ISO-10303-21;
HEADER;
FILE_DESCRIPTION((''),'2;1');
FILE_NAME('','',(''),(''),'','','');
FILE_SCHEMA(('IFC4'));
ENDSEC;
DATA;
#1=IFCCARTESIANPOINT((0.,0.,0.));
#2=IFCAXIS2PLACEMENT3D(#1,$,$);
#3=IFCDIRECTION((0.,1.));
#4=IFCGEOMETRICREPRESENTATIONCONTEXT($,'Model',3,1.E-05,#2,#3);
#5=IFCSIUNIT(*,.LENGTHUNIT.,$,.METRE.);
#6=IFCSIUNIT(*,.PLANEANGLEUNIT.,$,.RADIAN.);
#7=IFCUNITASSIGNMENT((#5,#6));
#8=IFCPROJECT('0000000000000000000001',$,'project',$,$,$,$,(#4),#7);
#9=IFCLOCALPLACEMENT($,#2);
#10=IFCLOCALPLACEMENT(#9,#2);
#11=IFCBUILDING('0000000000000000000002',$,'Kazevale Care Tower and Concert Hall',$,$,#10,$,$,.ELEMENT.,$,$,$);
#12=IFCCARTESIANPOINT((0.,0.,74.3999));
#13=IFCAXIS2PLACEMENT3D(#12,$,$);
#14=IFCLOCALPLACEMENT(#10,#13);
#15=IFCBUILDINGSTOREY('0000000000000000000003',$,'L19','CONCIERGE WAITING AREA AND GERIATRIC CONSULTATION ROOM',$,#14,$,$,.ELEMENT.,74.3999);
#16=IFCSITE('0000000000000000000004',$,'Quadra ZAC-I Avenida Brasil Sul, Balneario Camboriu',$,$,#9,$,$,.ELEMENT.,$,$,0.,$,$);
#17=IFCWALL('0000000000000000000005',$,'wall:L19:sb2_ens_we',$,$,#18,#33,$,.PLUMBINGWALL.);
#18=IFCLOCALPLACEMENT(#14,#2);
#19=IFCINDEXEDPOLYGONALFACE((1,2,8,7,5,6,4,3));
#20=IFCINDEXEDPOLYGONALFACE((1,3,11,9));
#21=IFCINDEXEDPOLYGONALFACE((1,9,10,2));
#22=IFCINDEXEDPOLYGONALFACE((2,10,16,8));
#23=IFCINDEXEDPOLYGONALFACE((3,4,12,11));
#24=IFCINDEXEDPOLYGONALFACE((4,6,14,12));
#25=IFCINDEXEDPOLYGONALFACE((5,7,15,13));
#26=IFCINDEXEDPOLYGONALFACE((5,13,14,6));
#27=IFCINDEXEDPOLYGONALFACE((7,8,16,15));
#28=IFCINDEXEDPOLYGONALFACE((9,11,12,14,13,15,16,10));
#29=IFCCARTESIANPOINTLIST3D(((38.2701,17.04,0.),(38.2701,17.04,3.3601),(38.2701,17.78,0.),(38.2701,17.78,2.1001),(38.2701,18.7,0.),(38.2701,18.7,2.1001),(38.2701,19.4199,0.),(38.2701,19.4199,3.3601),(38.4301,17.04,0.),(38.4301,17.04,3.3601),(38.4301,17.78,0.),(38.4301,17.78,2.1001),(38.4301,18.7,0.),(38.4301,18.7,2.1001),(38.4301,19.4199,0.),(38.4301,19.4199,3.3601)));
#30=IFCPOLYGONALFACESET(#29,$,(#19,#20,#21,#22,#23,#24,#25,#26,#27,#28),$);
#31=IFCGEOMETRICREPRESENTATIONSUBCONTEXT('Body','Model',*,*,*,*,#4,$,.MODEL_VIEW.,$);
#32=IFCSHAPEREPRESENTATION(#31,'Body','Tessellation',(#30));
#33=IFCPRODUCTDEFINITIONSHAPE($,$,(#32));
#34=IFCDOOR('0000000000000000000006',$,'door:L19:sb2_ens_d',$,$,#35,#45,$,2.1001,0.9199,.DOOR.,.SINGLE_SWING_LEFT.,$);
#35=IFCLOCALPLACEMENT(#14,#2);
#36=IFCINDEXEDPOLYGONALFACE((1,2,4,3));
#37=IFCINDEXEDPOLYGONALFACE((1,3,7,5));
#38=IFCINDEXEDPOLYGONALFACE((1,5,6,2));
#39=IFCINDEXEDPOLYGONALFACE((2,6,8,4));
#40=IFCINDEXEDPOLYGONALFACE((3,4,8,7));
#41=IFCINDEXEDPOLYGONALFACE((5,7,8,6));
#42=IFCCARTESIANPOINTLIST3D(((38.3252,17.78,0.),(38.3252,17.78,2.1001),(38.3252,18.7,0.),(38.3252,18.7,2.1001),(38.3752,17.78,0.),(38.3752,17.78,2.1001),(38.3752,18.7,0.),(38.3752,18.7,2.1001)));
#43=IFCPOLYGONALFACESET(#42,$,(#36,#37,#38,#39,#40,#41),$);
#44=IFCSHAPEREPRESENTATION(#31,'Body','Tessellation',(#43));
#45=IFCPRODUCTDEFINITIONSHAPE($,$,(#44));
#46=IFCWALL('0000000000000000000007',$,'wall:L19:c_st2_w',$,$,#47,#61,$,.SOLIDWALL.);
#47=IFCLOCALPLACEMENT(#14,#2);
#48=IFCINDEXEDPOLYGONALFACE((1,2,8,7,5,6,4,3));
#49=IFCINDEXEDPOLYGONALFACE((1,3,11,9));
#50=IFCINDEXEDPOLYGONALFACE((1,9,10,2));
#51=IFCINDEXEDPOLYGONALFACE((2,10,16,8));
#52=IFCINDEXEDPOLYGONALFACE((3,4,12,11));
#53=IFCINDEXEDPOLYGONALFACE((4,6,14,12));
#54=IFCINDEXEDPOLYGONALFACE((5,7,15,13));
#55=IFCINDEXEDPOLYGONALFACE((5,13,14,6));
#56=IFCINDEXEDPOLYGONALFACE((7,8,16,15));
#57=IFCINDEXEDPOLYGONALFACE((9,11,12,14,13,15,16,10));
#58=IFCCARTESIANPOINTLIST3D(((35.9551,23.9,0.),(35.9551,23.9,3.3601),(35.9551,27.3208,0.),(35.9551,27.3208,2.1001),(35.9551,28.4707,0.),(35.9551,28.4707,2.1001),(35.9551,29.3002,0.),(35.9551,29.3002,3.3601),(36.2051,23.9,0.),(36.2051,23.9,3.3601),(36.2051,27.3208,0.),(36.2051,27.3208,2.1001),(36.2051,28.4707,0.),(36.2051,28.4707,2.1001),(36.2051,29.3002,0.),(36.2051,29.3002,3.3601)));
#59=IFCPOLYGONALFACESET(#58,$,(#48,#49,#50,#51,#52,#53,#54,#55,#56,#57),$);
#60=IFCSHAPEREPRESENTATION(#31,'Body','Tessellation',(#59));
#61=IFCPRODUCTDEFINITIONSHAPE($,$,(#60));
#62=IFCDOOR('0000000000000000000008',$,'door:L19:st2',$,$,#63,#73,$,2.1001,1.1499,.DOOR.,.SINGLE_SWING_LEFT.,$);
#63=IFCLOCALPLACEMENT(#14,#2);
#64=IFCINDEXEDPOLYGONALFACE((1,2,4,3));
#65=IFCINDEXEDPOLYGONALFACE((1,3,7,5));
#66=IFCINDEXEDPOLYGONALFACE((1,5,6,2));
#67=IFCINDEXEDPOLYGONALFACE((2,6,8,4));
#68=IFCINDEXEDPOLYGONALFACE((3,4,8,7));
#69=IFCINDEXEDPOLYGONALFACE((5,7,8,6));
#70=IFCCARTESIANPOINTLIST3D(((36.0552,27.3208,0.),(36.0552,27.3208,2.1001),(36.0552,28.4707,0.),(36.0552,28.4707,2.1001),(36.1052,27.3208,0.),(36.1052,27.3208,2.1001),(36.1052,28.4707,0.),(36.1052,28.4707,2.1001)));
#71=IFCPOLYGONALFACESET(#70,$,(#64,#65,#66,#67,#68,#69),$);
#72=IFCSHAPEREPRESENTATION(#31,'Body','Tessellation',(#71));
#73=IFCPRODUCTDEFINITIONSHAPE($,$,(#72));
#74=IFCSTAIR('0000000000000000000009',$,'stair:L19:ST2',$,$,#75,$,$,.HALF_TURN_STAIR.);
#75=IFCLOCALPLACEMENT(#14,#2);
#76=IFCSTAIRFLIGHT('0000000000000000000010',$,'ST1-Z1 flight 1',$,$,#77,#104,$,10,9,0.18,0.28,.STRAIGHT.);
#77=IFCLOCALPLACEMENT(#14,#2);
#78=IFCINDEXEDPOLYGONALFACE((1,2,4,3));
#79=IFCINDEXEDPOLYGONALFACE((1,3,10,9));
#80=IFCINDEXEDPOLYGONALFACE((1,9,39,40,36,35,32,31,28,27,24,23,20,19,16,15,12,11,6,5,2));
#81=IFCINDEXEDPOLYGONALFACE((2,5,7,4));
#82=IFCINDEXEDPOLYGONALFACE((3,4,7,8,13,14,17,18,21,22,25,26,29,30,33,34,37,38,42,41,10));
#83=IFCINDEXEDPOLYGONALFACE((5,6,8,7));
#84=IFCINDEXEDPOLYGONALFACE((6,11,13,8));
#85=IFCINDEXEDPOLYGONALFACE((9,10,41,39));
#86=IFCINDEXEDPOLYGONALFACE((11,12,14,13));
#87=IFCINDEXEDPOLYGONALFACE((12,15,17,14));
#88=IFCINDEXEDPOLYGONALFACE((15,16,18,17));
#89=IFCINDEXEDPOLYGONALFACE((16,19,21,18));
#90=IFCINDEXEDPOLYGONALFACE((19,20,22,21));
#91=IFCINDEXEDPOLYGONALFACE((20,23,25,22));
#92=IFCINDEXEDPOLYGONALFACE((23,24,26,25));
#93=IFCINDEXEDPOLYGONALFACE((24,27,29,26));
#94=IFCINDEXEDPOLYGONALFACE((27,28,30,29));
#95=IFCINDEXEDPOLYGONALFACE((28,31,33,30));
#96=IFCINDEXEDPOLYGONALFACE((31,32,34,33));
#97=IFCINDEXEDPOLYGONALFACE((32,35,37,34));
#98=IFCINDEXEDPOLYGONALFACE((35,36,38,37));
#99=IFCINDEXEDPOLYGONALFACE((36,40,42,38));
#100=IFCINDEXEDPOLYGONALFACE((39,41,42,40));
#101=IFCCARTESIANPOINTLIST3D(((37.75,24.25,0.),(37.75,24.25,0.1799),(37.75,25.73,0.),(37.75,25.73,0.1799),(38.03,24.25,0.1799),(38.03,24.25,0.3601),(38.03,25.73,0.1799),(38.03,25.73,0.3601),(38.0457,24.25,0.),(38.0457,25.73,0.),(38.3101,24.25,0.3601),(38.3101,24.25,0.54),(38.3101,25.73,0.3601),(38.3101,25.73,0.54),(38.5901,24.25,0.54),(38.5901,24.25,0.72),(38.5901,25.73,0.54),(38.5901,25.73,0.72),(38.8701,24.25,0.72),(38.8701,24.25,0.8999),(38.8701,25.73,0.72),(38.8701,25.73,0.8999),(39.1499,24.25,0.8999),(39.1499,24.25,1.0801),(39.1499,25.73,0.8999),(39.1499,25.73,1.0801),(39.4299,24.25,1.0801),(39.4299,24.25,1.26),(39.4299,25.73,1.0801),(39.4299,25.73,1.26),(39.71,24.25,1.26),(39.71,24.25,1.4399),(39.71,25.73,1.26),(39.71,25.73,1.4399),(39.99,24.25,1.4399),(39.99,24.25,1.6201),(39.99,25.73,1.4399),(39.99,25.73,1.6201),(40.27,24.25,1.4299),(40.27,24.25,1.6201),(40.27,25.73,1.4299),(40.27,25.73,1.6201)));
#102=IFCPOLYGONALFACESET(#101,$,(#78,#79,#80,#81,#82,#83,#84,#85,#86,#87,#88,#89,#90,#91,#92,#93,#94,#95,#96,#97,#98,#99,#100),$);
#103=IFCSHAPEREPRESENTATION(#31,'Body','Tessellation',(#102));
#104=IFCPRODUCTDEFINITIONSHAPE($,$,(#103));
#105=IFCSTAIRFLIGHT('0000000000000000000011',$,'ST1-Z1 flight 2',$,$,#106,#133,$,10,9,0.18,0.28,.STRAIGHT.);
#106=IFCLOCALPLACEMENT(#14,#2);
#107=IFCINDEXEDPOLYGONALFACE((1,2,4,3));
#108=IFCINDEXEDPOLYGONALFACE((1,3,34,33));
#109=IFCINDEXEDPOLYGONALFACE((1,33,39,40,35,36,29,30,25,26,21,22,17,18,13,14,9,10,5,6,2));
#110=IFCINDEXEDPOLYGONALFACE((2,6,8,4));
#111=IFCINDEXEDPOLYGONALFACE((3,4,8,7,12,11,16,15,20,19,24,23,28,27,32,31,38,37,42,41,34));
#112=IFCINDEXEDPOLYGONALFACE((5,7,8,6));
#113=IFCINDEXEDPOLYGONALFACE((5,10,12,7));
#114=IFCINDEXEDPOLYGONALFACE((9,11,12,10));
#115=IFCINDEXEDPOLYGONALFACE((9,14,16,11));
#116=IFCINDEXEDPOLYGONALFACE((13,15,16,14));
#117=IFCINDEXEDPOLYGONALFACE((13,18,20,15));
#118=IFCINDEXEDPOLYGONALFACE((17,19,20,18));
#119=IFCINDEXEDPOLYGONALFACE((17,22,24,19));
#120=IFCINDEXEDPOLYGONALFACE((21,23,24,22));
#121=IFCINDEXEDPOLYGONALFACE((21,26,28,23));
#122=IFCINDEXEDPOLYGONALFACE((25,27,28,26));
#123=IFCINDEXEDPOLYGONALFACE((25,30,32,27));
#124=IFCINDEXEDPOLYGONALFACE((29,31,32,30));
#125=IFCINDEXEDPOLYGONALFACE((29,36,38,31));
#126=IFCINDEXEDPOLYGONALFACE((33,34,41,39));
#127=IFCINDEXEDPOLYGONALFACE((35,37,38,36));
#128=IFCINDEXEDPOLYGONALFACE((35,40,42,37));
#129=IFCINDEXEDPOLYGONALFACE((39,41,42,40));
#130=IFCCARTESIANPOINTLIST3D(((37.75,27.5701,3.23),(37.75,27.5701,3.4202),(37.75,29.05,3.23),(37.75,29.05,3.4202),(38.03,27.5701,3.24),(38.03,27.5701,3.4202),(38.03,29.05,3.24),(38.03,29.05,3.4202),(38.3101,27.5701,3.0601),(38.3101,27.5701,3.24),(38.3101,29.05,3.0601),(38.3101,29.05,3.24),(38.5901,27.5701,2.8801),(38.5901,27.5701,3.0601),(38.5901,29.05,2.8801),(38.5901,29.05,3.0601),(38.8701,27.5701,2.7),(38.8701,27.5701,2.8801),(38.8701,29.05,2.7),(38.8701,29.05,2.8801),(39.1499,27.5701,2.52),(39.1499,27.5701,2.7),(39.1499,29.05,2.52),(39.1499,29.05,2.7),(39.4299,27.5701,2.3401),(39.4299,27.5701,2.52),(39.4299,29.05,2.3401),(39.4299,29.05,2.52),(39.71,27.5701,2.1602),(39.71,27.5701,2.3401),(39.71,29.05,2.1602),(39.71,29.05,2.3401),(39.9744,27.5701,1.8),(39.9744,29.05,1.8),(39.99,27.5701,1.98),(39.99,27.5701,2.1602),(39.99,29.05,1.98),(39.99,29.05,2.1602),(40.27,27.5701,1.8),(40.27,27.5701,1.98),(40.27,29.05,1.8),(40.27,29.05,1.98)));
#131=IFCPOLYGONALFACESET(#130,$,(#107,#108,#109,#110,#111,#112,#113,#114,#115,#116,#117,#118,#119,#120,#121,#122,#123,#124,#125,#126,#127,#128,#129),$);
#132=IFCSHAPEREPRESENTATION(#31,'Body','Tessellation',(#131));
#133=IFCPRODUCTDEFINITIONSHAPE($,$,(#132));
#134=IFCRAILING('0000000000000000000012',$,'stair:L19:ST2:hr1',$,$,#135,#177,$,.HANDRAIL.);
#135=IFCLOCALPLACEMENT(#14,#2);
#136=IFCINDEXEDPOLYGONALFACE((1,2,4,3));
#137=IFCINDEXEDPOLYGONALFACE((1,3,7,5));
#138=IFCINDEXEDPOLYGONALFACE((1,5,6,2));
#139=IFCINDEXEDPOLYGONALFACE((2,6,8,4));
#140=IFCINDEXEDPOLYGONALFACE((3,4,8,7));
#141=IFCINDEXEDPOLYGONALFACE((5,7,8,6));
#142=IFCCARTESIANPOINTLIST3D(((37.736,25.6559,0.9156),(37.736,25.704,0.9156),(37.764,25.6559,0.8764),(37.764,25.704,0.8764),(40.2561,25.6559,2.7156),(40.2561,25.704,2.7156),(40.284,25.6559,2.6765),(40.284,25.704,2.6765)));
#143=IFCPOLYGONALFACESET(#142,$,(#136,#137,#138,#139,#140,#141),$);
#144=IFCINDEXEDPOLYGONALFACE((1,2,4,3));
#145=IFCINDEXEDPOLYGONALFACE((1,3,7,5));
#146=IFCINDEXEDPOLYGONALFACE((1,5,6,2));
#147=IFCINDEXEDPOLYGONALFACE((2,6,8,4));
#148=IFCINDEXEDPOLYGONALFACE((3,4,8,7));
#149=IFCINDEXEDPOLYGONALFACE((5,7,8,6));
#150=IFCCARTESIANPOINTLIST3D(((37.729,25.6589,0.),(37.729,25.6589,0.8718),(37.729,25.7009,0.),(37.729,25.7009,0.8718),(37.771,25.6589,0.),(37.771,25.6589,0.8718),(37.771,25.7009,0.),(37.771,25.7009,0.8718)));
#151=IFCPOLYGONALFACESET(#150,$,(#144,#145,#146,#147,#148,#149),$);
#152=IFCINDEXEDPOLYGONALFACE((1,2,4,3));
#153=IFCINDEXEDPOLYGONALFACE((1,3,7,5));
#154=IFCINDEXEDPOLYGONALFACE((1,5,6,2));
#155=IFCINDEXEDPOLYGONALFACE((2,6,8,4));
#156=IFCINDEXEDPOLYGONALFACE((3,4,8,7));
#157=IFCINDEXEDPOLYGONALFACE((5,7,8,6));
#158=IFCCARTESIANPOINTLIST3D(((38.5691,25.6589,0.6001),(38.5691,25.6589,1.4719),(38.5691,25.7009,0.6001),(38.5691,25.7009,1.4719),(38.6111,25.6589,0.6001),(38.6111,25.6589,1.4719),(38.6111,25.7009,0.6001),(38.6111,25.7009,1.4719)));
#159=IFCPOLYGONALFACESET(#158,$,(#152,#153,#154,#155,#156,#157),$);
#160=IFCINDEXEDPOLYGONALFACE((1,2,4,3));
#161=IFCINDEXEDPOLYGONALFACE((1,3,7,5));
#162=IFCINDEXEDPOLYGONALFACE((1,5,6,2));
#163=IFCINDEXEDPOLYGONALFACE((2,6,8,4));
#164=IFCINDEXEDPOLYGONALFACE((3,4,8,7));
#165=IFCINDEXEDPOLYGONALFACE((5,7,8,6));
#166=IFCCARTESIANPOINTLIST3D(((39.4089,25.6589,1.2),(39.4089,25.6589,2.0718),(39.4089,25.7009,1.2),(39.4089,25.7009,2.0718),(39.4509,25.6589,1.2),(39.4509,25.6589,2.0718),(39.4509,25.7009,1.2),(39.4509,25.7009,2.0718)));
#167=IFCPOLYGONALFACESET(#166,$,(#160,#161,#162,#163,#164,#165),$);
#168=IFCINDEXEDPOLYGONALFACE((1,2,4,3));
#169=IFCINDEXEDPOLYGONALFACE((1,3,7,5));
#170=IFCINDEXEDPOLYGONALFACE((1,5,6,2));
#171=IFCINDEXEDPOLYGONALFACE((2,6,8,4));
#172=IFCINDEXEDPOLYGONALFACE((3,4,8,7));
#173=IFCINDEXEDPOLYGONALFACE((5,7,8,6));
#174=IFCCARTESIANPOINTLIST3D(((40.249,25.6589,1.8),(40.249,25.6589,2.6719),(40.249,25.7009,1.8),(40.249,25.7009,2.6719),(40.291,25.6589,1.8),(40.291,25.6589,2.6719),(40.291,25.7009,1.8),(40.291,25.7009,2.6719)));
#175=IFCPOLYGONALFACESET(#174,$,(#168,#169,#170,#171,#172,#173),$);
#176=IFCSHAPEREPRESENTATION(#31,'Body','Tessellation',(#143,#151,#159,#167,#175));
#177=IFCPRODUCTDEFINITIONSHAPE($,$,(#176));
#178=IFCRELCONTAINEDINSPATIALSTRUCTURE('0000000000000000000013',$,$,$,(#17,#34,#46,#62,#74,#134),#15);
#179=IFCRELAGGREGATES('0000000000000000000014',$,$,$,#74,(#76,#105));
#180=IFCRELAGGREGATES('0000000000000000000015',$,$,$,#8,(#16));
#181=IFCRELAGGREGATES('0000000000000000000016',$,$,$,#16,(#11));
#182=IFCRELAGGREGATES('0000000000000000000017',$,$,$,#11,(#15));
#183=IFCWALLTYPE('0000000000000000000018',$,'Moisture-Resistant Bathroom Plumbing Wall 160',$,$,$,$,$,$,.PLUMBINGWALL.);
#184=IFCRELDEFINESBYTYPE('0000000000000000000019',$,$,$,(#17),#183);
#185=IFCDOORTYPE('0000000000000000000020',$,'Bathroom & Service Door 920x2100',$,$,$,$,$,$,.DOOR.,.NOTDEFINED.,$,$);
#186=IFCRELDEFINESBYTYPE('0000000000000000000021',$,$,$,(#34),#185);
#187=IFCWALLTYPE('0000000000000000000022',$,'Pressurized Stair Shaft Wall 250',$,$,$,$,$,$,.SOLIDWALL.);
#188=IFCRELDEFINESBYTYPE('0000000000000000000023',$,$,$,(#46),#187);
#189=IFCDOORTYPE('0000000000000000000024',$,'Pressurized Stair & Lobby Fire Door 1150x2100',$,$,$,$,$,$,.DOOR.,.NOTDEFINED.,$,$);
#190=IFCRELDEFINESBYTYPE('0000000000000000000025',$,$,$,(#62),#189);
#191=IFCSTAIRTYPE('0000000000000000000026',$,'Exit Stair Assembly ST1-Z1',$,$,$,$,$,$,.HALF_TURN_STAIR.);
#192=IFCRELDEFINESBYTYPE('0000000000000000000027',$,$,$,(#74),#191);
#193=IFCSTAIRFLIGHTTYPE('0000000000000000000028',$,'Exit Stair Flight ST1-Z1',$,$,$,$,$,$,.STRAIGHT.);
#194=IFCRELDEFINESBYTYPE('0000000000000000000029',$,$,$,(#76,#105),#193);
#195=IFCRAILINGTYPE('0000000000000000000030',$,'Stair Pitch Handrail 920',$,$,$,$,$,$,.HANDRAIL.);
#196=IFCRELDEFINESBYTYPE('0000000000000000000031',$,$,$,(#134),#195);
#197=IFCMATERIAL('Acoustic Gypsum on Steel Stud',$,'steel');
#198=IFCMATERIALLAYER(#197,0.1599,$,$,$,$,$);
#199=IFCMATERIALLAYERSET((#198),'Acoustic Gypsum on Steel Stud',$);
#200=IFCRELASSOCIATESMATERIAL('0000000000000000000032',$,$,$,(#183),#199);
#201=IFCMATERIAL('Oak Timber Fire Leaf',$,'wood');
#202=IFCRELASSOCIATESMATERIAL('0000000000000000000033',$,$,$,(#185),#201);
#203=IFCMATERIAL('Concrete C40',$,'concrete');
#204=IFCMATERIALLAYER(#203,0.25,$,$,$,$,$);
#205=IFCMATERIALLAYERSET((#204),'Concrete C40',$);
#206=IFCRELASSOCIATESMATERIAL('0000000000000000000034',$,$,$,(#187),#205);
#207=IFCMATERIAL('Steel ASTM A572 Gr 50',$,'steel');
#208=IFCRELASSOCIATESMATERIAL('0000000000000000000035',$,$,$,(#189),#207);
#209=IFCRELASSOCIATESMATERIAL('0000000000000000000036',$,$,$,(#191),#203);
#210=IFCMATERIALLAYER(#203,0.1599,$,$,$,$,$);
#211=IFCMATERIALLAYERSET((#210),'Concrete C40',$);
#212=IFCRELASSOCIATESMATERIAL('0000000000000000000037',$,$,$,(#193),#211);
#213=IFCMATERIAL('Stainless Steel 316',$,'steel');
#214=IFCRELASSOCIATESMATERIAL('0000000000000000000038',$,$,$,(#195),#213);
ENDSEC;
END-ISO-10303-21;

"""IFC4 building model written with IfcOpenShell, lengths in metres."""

from ifc_helpers import new_model, si_unit, direction, frame, frame_2d, origin, origin_2d, place, context, subcontext, project, spatial, polyline, rectangle, outline, extrude, material, layer, layer_set, type_object, element, fill, aggregate, save


model = new_model("IFC4")

# Units and contexts
model_context = context("Model", 3, precision=1e-05, world=origin(), true_north=direction((0.0, 1.0)))
body_context = subcontext(model_context, "Body", "Model", "MODEL_VIEW")
ifc_project = project(units=[si_unit("LENGTHUNIT", "METRE"), si_unit("PLANEANGLEUNIT", "RADIAN")], contexts=[model_context])

# Site, building, storey
site_placement = place(None, origin())
site = spatial("IfcSite", under=ifc_project, at=site_placement, Name="Quadra ZAC-I Avenida Brasil Sul, Balneario Camboriu", CompositionType="ELEMENT", RefElevation=0.0)
building_placement = place(site_placement, origin())
building = spatial("IfcBuilding", under=site, at=building_placement, Name="Kazevale Care Tower and Concert Hall", CompositionType="ELEMENT")
storey_placement = place(building_placement, frame((0.0, 0.0, 74.3999)))
storey = spatial("IfcBuildingStorey", under=building, at=storey_placement, Name="L19", Description="CONCIERGE WAITING AREA AND GERIATRIC CONSULTATION ROOM", CompositionType="ELEMENT", Elevation=74.3999)

# Shared definitions
ifc_material_1 = material(Name="Steel ASTM A572 Gr 50", Category="steel")

# Shared definitions
ifc_material_2 = material(Name="Oak Timber Fire Leaf", Category="wood")

# Shared definitions
ifc_material_3 = material(Name="Acoustic Gypsum on Steel Stud", Category="steel")
ifc_layer_1 = layer(ifc_material_3, 0.1599)
ifc_layer_set_1 = layer_set([ifc_layer_1], Name="Acoustic Gypsum on Steel Stud")
wall_type_1 = type_object("IfcWallType", Name="Moisture-Resistant Bathroom Plumbing Wall 160", PredefinedType="PLUMBINGWALL", material=ifc_layer_set_1)

# Walls, openings, doors
wall_1_placement = place(storey_placement, frame((38.3501, 17.04, 0.0), z_axis=(0.0, 0.0, 1.0), x_axis=(0.0, 1.0, 0.0)))
wall_1 = element("IfcWall", 1, at=wall_1_placement, inside=storey, type_object=wall_type_1, Name="wall:L19:sb2_ens_we", PredefinedType="PLUMBINGWALL", context=body_context, shape_type="SweptSolid", body=[
    extrude(rectangle(XDim=2.3799, YDim=0.1599, at=frame_2d((1.1899, 0.0))), origin(), (0.0, 0.0, 1.0), 3.3601),
])
opening_1_placement = place(wall_1_placement, frame((0.74, 0.0, 0.0)))
opening_1 = element("IfcOpeningElement", 2, at=opening_1_placement, cuts=wall_1, PredefinedType="OPENING", context=body_context, shape_type="SweptSolid", body=[
    extrude(rectangle(XDim=0.9199, YDim=2.1001, at=frame_2d((0.46, 1.05))), frame((0.0, 0.0898, 0.0), z_axis=(0.0, -1.0, 0.0), x_axis=(1.0, 0.0, 0.0)), (0.0, 0.0, 1.0), 0.1799),
])
door_type_1 = type_object("IfcDoorType", Name="Bathroom & Service Door 920x2100", OperationType="NOTDEFINED", PredefinedType="DOOR", material=ifc_material_2)
door_1_placement = place(opening_1_placement, origin())
door_1 = element("IfcDoor", 3, at=door_1_placement, inside=storey, type_object=door_type_1, Name="door:L19:sb2_ens_d", OperationType="SINGLE_SWING_LEFT", OverallHeight=2.1001, OverallWidth=0.9199, PredefinedType="DOOR", context=body_context, shape_type="SweptSolid", body=[
    extrude(rectangle(XDim=0.9199, YDim=2.1001, at=frame_2d((0.46, 1.05))), frame((0.0, 0.0249, 0.0), z_axis=(0.0, -1.0, 0.0), x_axis=(1.0, 0.0, 0.0)), (0.0, 0.0, 1.0), 0.05),
])
fill(opening_1, door_1)
ifc_material_4 = material(Name="Concrete C40", Category="concrete")
ifc_layer_2 = layer(ifc_material_4, 0.25)
ifc_layer_set_2 = layer_set([ifc_layer_2], Name="Concrete C40")
wall_type_2 = type_object("IfcWallType", Name="Pressurized Stair Shaft Wall 250", PredefinedType="SOLIDWALL", material=ifc_layer_set_2)
wall_2_placement = place(storey_placement, frame((36.0801, 23.8999, 0.0), z_axis=(0.0, 0.0, 1.0), x_axis=(0.0, 1.0, 0.0)))
wall_2 = element("IfcWall", 4, at=wall_2_placement, inside=storey, type_object=wall_type_2, Name="wall:L19:c_st2_w", PredefinedType="SOLIDWALL", context=body_context, shape_type="SweptSolid", body=[
    extrude(rectangle(XDim=5.4001, YDim=0.25, at=frame_2d((2.7002, 0.0))), origin(), (0.0, 0.0, 1.0), 3.3601),
])
opening_2_placement = place(wall_2_placement, frame((3.4209, 0.0, 0.0)))
opening_2 = element("IfcOpeningElement", 5, at=opening_2_placement, cuts=wall_2, PredefinedType="OPENING", context=body_context, shape_type="SweptSolid", body=[
    extrude(rectangle(XDim=1.1499, YDim=2.1001, at=frame_2d((0.575, 1.05))), frame((0.0, 0.135, 0.0), z_axis=(0.0, -1.0, 0.0), x_axis=(1.0, 0.0, 0.0)), (0.0, 0.0, 1.0), 0.27),
])
door_type_2 = type_object("IfcDoorType", Name="Pressurized Stair & Lobby Fire Door 1150x2100", OperationType="NOTDEFINED", PredefinedType="DOOR", material=ifc_material_1)
door_2_placement = place(opening_2_placement, origin())
door_2 = element("IfcDoor", 6, at=door_2_placement, inside=storey, type_object=door_type_2, Name="door:L19:st2", OperationType="SINGLE_SWING_LEFT", OverallHeight=2.1001, OverallWidth=1.1499, PredefinedType="DOOR", context=body_context, shape_type="SweptSolid", body=[
    extrude(rectangle(XDim=1.1499, YDim=2.1001, at=frame_2d((0.575, 1.05))), frame((0.0, 0.0249, 0.0), z_axis=(0.0, -1.0, 0.0), x_axis=(1.0, 0.0, 0.0)), (0.0, 0.0, 1.0), 0.05),
])
fill(opening_2, door_2)

# Stair, stair flights
stair_type = type_object("IfcStairType", Name="Exit Stair Assembly ST1-Z1", PredefinedType="HALF_TURN_STAIR", material=ifc_material_4)
stair_placement = place(storey_placement, origin())
stair = element("IfcStair", 7, at=stair_placement, inside=storey, type_object=stair_type, Name="stair:L19:ST2", PredefinedType="HALF_TURN_STAIR")
ifc_layer_3 = layer(ifc_material_4, 0.1599)
ifc_layer_set_3 = layer_set([ifc_layer_3], Name="Concrete C40")
stair_flight_type = type_object("IfcStairFlightType", Name="Exit Stair Flight ST1-Z1", PredefinedType="STRAIGHT", material=ifc_layer_set_3)
stair_flight_1_placement = place(storey_placement, frame((37.75, 24.99, 0.0), z_axis=(0.0, 0.0, 1.0), x_axis=(1.0, 0.0, 0.0)))
stair_flight_1 = element("IfcStairFlight", 8, at=stair_flight_1_placement, type_object=stair_flight_type, Name="ST1-Z1 flight 1", NumberOfRisers=10, NumberOfTreads=9, PredefinedType="STRAIGHT", RiserHeight=0.18, TreadLength=0.28, context=body_context, shape_type="SweptSolid", body=[
    extrude(outline(polyline([(0.0, 0.0), (0.0, 0.1799), (0.28, 0.1799), (0.28, 0.3601), (0.5601, 0.3601), (0.5601, 0.54), (0.8401, 0.54), (0.8401, 0.72), (1.1201, 0.72), (1.1201, 0.8999), (1.3999, 0.8999), (1.3999, 1.0801), (1.6799, 1.0801), (1.6799, 1.26), (1.96, 1.26), (1.96, 1.4399), (2.24, 1.4399), (2.24, 1.6201), (2.52, 1.6201), (2.52, 1.8), (2.52, 1.4299), (0.2957, 0.0), (0.0, 0.0)])), frame((0.0, 0.74, 0.0), z_axis=(0.0, -1.0, 0.0), x_axis=(1.0, 0.0, 0.0)), (0.0, 0.0, 1.0), 1.48),
])
stair_flight_2_placement = place(storey_placement, frame((40.27, 28.3101, 1.8), z_axis=(0.0, 0.0, 1.0), x_axis=(-1.0, 0.0, 0.0)))
stair_flight_2 = element("IfcStairFlight", 9, at=stair_flight_2_placement, type_object=stair_flight_type, Name="ST1-Z1 flight 2", NumberOfRisers=10, NumberOfTreads=9, PredefinedType="STRAIGHT", RiserHeight=0.18, TreadLength=0.28, context=body_context, shape_type="SweptSolid", body=[
    extrude(outline(polyline([(0.0, 0.0), (0.0, 0.1799), (0.28, 0.1799), (0.28, 0.3601), (0.5601, 0.3601), (0.5601, 0.54), (0.8401, 0.54), (0.8401, 0.72), (1.1201, 0.72), (1.1201, 0.8999), (1.3999, 0.8999), (1.3999, 1.0801), (1.6799, 1.0801), (1.6799, 1.26), (1.96, 1.26), (1.96, 1.4399), (2.24, 1.4399), (2.24, 1.6201), (2.52, 1.6201), (2.52, 1.8), (2.52, 1.4299), (0.2957, 0.0), (0.0, 0.0)])), frame((0.0, 0.74, 0.0), z_axis=(0.0, -1.0, 0.0), x_axis=(1.0, 0.0, 0.0)), (0.0, 0.0, 1.0), 1.48),
])
aggregate(stair, [stair_flight_1, stair_flight_2])

# Railing
ifc_material_5 = material(Name="Stainless Steel 316", Category="steel")
railing_type_1 = type_object("IfcRailingType", Name="Stair Pitch Handrail 920", PredefinedType="HANDRAIL", material=ifc_material_5)
railing_1_placement = place(storey_placement, frame((37.75, 25.6799, 0.0)))
element("IfcRailing", 10, at=railing_1_placement, inside=storey, type_object=railing_type_1, Name="stair:L19:ST2:hr1", PredefinedType="HANDRAIL", context=body_context, shape_type="SweptSolid", body=[
    extrude(rectangle(XDim=0.0481, YDim=0.0481, at=origin_2d()), frame((0.0, 0.0, 0.896), z_axis=(0.813728, 0.0, 0.581246), x_axis=(0.0, 1.0, 0.0)), (0.0, 0.0, 1.0), 3.0969),
    extrude(rectangle(XDim=0.042, YDim=0.042, at=origin_2d()), origin(), (0.0, 0.0, 1.0), 0.8718),
    extrude(rectangle(XDim=0.042, YDim=0.042, at=origin_2d()), frame((0.8401, 0.0, 0.6001)), (0.0, 0.0, 1.0), 0.8718),
    extrude(rectangle(XDim=0.042, YDim=0.042, at=origin_2d()), frame((1.6799, 0.0, 1.2)), (0.0, 0.0, 1.0), 0.8718),
    extrude(rectangle(XDim=0.042, YDim=0.042, at=origin_2d()), frame((2.52, 0.0, 1.8)), (0.0, 0.0, 1.0), 0.8718),
])

save(model, "model.ifc")
